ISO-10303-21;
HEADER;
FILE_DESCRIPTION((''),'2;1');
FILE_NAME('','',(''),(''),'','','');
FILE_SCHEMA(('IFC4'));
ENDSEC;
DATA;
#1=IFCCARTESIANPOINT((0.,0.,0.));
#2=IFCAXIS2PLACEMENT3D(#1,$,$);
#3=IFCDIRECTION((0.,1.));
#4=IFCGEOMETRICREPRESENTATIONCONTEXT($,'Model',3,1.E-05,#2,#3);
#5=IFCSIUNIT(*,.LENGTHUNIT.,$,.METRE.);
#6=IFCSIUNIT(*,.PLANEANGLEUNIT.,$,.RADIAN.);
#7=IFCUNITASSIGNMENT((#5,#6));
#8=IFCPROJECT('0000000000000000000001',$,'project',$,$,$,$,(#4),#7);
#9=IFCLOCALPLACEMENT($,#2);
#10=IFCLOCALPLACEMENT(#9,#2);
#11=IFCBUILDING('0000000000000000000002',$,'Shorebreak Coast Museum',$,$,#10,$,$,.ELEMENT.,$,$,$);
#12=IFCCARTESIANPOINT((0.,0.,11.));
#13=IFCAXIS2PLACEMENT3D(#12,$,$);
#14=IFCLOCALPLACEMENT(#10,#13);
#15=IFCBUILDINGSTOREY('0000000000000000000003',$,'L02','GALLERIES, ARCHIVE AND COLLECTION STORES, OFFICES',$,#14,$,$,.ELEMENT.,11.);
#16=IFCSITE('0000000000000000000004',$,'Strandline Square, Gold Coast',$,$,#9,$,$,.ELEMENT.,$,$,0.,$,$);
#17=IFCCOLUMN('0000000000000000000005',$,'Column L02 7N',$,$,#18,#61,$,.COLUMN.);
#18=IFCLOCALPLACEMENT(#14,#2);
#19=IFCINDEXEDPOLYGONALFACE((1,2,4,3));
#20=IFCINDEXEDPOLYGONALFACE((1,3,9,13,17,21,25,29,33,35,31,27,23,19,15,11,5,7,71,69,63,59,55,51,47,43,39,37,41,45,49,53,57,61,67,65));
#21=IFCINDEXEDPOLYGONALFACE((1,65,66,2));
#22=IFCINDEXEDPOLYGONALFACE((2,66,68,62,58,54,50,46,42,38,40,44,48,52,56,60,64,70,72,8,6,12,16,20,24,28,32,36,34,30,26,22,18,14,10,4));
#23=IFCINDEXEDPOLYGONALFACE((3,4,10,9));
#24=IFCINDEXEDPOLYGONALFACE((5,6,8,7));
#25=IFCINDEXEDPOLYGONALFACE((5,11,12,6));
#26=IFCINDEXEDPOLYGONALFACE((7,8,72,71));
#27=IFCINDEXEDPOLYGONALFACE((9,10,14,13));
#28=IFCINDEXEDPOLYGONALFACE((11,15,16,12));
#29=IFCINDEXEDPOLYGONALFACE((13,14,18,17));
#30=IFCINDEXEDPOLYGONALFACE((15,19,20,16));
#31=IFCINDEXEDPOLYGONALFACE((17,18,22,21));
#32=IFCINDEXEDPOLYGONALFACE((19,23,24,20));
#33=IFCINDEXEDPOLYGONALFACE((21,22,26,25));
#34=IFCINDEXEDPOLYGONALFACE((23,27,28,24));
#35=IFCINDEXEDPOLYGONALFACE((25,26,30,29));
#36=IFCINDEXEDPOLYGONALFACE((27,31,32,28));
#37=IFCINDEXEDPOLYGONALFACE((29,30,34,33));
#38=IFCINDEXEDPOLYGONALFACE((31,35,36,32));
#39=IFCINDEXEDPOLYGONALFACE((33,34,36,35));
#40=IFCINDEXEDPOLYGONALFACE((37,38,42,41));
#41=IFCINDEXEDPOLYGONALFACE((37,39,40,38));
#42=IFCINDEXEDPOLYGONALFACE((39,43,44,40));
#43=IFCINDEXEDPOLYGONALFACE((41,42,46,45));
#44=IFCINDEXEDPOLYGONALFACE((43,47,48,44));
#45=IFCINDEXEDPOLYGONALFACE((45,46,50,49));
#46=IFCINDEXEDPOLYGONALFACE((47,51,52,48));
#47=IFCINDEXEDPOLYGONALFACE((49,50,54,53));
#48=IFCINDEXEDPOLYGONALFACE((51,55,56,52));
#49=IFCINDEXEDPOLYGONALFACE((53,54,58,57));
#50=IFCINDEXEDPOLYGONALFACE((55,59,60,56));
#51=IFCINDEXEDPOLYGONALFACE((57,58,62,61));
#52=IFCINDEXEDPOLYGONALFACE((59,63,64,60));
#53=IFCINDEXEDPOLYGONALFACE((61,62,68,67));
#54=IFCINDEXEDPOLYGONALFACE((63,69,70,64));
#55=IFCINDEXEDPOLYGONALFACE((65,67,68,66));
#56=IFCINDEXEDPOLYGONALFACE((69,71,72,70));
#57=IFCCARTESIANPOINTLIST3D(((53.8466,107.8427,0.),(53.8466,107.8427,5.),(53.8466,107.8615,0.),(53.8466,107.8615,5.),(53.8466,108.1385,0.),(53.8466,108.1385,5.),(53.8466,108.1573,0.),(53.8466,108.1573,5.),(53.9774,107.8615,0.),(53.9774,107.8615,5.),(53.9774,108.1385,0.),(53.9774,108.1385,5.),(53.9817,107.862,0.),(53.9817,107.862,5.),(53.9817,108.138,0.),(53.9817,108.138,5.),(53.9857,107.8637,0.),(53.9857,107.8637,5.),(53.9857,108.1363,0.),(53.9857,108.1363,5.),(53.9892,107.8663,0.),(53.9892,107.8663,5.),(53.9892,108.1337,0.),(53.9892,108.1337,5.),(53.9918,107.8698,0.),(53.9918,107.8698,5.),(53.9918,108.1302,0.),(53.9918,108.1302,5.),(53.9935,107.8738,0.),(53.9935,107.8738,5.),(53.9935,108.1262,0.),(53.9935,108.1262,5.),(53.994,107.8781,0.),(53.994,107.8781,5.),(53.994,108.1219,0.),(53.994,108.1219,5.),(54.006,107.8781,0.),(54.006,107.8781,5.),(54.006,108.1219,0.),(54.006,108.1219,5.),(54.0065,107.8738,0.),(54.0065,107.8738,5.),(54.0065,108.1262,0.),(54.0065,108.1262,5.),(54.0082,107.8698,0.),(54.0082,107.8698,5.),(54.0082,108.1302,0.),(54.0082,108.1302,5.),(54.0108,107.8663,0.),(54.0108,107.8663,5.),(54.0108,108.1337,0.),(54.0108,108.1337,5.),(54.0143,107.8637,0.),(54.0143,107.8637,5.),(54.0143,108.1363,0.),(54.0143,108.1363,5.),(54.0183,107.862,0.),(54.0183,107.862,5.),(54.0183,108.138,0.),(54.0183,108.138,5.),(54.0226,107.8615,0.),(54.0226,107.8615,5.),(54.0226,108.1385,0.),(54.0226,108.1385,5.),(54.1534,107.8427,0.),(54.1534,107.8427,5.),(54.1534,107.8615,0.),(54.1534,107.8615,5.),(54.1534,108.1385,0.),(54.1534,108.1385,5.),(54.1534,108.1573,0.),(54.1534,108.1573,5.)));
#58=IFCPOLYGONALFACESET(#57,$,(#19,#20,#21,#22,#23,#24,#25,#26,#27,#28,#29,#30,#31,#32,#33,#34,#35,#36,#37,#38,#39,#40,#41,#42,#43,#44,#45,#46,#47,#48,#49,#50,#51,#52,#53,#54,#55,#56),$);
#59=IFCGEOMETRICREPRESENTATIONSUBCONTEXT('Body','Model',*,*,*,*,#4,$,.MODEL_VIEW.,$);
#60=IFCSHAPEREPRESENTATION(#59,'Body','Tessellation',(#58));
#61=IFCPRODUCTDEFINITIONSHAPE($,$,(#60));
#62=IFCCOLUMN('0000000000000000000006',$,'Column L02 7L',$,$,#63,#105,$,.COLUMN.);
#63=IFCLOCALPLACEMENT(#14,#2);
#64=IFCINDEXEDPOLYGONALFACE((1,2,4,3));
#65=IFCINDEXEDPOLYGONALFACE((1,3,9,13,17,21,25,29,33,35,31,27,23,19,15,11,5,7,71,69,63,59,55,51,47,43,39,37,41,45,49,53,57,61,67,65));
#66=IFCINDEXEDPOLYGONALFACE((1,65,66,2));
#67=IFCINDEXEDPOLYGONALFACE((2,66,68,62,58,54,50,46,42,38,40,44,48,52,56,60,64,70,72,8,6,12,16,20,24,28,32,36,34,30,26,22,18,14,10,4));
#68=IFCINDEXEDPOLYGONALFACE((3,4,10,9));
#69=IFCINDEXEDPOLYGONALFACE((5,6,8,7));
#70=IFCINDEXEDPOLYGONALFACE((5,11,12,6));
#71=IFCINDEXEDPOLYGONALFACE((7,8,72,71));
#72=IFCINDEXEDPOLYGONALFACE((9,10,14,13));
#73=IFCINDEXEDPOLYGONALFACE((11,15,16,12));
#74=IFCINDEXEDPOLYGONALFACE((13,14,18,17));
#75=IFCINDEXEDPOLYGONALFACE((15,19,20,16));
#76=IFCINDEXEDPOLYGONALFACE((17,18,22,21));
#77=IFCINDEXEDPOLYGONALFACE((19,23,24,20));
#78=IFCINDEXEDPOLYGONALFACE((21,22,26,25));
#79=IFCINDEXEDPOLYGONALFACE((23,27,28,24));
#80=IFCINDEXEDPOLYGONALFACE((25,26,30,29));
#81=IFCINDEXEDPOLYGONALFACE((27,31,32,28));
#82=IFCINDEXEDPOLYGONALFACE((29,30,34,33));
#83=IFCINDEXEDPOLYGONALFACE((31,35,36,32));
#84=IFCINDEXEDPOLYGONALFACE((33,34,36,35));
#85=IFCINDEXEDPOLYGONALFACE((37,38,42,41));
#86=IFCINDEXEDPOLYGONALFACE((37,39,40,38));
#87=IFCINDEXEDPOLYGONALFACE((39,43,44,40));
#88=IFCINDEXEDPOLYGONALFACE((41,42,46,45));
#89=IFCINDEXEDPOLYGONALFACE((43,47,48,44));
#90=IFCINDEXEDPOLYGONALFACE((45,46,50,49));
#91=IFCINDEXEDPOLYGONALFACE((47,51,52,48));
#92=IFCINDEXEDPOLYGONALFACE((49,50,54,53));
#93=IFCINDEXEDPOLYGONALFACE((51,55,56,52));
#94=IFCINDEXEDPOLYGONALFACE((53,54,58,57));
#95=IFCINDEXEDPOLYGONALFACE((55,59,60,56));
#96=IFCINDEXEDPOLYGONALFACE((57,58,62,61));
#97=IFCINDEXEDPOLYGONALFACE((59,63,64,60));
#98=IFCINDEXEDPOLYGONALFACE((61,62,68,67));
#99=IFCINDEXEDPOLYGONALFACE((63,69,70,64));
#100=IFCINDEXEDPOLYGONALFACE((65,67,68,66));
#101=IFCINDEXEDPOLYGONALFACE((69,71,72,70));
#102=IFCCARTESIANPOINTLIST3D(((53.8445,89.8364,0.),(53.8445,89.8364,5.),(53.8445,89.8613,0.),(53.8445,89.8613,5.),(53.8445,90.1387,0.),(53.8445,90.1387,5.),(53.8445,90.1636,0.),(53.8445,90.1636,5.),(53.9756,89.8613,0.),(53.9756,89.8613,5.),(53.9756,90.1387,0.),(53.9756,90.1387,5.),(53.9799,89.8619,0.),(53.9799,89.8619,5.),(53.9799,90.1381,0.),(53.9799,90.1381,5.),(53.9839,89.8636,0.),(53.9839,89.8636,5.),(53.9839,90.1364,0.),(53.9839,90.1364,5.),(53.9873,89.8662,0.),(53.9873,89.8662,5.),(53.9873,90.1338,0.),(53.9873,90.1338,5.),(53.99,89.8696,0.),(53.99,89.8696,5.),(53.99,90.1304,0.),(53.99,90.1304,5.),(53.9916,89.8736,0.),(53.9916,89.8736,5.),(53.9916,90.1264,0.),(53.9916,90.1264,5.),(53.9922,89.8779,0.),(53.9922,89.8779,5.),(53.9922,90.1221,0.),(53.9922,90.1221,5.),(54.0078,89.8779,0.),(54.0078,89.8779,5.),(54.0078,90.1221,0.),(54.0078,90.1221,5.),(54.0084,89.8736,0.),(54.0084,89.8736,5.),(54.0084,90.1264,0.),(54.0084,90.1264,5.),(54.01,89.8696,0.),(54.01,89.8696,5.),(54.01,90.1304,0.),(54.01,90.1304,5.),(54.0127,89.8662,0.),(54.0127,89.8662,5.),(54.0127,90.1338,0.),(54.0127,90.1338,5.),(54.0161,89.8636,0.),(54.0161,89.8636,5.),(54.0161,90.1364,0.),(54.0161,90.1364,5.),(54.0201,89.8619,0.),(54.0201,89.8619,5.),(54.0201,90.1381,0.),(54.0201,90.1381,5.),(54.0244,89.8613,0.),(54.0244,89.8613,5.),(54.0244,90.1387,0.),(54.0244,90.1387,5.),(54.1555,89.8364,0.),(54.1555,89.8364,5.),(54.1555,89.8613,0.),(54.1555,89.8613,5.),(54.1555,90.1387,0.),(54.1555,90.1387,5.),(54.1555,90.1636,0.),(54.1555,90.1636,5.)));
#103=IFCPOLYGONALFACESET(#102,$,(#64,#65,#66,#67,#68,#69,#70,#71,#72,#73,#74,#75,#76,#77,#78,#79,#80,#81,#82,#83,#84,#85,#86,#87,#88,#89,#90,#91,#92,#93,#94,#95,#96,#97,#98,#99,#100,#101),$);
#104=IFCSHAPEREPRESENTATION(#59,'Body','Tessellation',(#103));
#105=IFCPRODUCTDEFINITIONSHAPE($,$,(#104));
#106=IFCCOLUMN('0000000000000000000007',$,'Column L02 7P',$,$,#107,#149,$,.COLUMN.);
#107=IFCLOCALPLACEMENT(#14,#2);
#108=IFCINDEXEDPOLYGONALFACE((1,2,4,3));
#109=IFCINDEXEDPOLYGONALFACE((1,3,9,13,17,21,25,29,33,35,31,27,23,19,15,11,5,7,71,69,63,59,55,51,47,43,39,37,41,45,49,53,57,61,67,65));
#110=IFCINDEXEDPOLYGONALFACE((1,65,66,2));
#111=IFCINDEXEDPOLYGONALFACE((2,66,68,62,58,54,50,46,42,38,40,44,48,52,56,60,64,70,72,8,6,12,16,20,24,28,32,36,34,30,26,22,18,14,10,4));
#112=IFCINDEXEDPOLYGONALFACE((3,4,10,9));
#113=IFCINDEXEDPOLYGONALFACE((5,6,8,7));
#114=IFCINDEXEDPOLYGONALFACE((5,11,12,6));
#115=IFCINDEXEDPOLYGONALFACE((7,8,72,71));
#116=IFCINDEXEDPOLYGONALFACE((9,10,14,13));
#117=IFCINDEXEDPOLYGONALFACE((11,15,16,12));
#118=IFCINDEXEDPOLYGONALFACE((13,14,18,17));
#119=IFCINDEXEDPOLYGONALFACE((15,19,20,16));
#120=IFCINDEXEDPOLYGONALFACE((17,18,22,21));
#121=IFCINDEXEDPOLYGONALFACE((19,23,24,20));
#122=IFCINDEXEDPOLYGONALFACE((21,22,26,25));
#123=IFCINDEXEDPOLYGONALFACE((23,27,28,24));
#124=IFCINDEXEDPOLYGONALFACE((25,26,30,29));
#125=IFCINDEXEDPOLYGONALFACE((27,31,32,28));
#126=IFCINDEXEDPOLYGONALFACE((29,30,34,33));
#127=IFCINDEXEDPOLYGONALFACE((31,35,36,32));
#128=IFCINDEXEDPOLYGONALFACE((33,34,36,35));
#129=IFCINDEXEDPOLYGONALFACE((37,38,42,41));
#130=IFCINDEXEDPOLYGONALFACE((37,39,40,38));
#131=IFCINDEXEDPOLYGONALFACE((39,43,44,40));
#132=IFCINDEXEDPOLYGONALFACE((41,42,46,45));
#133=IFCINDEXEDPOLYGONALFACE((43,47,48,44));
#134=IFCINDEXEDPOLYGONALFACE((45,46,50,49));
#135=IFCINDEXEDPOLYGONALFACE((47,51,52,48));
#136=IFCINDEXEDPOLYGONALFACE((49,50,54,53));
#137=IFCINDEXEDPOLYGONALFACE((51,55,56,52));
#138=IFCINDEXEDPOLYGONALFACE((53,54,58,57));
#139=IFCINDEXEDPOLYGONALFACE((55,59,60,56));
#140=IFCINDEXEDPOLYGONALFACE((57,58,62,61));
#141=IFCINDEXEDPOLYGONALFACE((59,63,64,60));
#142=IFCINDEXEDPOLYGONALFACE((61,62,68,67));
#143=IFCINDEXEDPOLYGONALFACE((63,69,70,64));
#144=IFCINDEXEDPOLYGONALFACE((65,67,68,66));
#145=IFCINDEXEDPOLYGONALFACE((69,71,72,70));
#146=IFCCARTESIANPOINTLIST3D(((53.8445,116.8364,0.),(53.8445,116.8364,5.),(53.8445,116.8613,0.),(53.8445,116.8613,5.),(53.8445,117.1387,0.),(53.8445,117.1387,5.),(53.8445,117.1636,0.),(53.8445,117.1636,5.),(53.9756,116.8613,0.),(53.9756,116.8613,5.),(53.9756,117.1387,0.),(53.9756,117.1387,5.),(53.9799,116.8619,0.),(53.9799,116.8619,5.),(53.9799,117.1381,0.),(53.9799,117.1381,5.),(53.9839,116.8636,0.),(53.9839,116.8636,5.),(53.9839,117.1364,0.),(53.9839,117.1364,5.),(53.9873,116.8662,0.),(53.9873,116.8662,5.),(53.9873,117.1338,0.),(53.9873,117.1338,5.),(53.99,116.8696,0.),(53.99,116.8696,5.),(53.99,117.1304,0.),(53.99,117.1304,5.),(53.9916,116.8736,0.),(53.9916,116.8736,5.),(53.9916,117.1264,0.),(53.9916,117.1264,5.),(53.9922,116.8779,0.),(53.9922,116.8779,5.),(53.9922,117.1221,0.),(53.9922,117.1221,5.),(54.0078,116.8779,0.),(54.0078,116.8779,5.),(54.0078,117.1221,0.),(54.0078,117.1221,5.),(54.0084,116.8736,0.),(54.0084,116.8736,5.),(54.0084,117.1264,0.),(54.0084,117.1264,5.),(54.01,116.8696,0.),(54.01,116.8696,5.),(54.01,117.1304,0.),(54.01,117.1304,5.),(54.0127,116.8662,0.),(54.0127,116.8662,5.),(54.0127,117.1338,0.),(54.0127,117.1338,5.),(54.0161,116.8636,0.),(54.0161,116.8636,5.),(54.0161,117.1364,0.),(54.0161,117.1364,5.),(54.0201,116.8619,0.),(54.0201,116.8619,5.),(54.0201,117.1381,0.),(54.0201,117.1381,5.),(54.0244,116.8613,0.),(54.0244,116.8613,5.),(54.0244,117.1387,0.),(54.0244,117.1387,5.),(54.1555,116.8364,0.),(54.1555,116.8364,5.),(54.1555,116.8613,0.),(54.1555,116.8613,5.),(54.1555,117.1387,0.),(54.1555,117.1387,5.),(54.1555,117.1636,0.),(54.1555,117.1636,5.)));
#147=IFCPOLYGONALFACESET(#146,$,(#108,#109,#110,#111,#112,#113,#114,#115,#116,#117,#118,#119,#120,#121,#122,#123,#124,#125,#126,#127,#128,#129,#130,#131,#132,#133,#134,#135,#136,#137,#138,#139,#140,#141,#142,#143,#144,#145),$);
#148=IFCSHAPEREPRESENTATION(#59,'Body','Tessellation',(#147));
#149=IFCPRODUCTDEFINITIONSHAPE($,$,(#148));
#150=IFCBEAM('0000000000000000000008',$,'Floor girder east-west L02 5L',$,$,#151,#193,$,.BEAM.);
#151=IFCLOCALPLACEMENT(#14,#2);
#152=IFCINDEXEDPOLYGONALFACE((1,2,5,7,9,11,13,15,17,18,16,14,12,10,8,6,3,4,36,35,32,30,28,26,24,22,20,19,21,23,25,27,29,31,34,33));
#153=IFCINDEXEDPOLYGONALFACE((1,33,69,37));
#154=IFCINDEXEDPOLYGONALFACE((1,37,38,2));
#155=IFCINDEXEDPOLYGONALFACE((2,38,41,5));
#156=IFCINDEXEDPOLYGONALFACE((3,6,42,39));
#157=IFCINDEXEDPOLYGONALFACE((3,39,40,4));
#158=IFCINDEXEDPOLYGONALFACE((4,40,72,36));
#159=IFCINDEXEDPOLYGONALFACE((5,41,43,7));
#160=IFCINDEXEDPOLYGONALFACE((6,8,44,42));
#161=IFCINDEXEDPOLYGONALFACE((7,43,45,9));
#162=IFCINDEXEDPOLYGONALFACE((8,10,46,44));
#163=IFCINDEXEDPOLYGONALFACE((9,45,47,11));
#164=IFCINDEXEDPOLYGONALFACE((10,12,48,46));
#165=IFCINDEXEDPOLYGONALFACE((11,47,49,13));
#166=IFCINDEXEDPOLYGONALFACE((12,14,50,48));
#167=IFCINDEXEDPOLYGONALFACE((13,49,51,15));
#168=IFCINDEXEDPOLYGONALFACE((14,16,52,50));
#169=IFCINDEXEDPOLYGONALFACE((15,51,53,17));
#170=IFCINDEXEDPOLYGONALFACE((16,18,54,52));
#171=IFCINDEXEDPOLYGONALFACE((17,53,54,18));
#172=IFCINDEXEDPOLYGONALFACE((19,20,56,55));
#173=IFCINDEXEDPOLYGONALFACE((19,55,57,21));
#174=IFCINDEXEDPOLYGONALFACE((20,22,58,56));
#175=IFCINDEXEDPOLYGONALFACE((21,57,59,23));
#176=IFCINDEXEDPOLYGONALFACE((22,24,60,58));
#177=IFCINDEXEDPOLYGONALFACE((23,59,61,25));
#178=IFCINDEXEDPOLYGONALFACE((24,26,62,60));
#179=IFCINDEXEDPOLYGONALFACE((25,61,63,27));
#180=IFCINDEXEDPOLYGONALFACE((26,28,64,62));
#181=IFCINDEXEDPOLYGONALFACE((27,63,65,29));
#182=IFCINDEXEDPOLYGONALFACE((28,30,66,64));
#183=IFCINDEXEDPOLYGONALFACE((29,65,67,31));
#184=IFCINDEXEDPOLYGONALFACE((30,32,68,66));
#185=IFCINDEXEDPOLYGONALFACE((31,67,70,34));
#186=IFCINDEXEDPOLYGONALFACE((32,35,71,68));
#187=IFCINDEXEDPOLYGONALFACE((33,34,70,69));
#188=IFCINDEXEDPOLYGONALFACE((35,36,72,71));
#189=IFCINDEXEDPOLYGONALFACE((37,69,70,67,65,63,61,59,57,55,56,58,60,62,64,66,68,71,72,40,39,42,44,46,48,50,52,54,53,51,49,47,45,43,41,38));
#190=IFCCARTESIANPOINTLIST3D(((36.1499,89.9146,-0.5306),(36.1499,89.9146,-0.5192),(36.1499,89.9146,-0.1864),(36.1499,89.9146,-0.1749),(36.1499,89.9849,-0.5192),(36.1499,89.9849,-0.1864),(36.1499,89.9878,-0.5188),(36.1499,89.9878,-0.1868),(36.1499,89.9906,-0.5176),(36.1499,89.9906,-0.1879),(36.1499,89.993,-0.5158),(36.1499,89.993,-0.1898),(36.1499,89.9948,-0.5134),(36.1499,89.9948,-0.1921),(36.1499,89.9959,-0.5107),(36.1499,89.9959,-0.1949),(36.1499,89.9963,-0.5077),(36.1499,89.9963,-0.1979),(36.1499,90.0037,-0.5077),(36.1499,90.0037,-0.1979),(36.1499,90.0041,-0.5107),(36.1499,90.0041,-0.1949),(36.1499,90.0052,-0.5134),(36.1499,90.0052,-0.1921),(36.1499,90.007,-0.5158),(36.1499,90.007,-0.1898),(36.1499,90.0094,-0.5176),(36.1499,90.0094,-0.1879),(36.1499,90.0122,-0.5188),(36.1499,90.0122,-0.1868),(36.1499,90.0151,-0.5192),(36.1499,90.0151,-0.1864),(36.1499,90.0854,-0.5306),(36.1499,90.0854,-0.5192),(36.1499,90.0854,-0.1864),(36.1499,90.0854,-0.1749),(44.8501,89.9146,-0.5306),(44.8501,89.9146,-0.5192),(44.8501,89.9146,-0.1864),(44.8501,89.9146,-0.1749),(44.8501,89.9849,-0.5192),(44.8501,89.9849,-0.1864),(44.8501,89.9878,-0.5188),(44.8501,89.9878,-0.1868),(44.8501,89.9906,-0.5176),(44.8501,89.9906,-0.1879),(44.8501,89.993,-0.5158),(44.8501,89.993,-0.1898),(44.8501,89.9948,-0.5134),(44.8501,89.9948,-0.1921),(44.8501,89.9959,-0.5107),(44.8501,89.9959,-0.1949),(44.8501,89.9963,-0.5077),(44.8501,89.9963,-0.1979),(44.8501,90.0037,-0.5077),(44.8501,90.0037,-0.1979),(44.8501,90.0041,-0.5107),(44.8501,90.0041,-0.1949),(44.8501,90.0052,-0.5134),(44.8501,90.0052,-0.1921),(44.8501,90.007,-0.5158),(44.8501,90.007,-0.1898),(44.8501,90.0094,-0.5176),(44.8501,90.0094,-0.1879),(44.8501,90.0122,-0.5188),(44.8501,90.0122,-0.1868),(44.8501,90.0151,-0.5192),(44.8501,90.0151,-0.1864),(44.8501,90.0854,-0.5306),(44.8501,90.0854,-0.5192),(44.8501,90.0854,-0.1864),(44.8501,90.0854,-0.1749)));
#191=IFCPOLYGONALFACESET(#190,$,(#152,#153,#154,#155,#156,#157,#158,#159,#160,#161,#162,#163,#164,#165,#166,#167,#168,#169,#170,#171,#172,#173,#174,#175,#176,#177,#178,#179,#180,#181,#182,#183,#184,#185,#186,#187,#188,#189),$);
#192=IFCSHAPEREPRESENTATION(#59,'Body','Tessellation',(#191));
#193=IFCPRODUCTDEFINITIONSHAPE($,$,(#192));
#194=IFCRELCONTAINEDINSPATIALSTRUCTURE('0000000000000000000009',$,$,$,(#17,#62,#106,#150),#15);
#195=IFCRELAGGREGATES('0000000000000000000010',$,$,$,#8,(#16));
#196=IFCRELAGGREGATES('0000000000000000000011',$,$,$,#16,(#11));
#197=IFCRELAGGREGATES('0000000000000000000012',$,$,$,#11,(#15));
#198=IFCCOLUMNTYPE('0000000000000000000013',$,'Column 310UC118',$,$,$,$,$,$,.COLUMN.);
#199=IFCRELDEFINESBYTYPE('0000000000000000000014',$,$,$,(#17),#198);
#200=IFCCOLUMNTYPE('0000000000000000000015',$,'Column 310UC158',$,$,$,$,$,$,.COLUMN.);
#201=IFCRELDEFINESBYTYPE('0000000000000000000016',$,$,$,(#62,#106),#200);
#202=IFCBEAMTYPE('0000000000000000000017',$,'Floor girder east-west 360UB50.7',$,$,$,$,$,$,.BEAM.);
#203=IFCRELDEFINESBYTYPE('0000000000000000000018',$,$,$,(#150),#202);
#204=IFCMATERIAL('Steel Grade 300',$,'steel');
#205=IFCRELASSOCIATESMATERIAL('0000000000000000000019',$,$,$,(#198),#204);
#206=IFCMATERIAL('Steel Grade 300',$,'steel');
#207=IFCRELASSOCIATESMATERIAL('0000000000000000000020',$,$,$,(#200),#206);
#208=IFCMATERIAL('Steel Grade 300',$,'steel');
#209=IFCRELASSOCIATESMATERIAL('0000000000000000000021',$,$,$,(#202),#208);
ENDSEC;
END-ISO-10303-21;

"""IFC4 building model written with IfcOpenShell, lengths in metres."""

from ifc_helpers import new_model, si_unit, direction, frame, origin, origin_2d, place, context, subcontext, project, spatial, i_section, extrude, material, material_profile, profile_set, type_object, element, save


model = new_model("IFC4")

# Units and contexts
model_context = context("Model", 3, precision=1e-05, world=origin(), true_north=direction((0.0, 1.0)))
body_context = subcontext(model_context, "Body", "Model", "MODEL_VIEW")
ifc_project = project(units=[si_unit("LENGTHUNIT", "METRE"), si_unit("PLANEANGLEUNIT", "RADIAN")], contexts=[model_context])

# Site, building, storey
site_placement = place(None, origin())
site = spatial("IfcSite", under=ifc_project, at=site_placement, Name="Strandline Square, Gold Coast", CompositionType="ELEMENT", RefElevation=0.0)
building_placement = place(site_placement, origin())
building = spatial("IfcBuilding", under=site, at=building_placement, Name="Shorebreak Coast Museum", CompositionType="ELEMENT")
storey_placement = place(building_placement, frame((0.0, 0.0, 11.0)))
storey = spatial("IfcBuildingStorey", under=building, at=storey_placement, Name="L02", Description="GALLERIES, ARCHIVE AND COLLECTION STORES, OFFICES", CompositionType="ELEMENT", Elevation=11.0)

# Columns
ifc_material_1 = material(Name="Steel Grade 300", Category="steel")
ifc_material_profile_1 = material_profile(ifc_material_1, i_section(OverallWidth=0.3069, OverallDepth=0.3147, WebThickness=0.012, FlangeThickness=0.0188, FilletRadius=0.0166, at=origin_2d()), Name="310UC118")
ifc_profile_set_1 = profile_set([ifc_material_profile_1], Name="Steel Grade 300")
column_type_1 = type_object("IfcColumnType", Name="Column 310UC118", PredefinedType="COLUMN", material=ifc_profile_set_1)
for number, where, z_axis, x_axis, name in (
    (1, (54.0, 108.0, 0.0), (0.0, 0.0, 1.0), (1.0, 0.0, 0.0), "Column L02 7N"),
):
    element("IfcColumn", number, at=place(storey_placement, frame(where, z_axis=z_axis, x_axis=x_axis)), inside=storey, type_object=column_type_1, Name=name, PredefinedType="COLUMN", context=body_context, shape_type="SweptSolid", body=[
        extrude(i_section(OverallWidth=0.3069, OverallDepth=0.3147, WebThickness=0.012, FlangeThickness=0.0188, FilletRadius=0.0166, at=origin_2d()), origin(), (0.0, 0.0, 1.0), 5.0),
    ])
ifc_material_2 = material(Name="Steel Grade 300", Category="steel")
ifc_material_profile_2 = material_profile(ifc_material_2, i_section(OverallWidth=0.311, OverallDepth=0.3271, WebThickness=0.0156, FlangeThickness=0.0249, FilletRadius=0.0166, at=origin_2d()), Name="310UC158")
ifc_profile_set_2 = profile_set([ifc_material_profile_2], Name="Steel Grade 300")
column_type_2 = type_object("IfcColumnType", Name="Column 310UC158", PredefinedType="COLUMN", material=ifc_profile_set_2)
for number, where, z_axis, x_axis, name in (
    (2, (54.0, 90.0, 0.0), (0.0, 0.0, 1.0), (1.0, 0.0, 0.0), "Column L02 7L"),
    (3, (54.0, 117.0, 0.0), (0.0, 0.0, 1.0), (1.0, 0.0, 0.0), "Column L02 7P"),
):
    element("IfcColumn", number, at=place(storey_placement, frame(where, z_axis=z_axis, x_axis=x_axis)), inside=storey, type_object=column_type_2, Name=name, PredefinedType="COLUMN", context=body_context, shape_type="SweptSolid", body=[
        extrude(i_section(OverallWidth=0.311, OverallDepth=0.3271, WebThickness=0.0156, FlangeThickness=0.0249, FilletRadius=0.0166, at=origin_2d()), origin(), (0.0, 0.0, 1.0), 5.0),
    ])

# Beam
ifc_material_3 = material(Name="Steel Grade 300", Category="steel")
ifc_material_profile_3 = material_profile(ifc_material_3, i_section(OverallWidth=0.1709, OverallDepth=0.3557, WebThickness=0.0073, FlangeThickness=0.0115, FilletRadius=0.0115, at=origin_2d()), Name="360UB50.7")
ifc_profile_set_3 = profile_set([ifc_material_profile_3], Name="Steel Grade 300")
beam_type_1 = type_object("IfcBeamType", Name="Floor girder east-west 360UB50.7", PredefinedType="BEAM", material=ifc_profile_set_3)
beam_1_placement = place(storey_placement, frame((36.1499, 90.0, -0.3528), z_axis=(1.0, 0.0, 0.0), x_axis=(0.0, 1.0, 0.0)))
element("IfcBeam", 4, at=beam_1_placement, inside=storey, type_object=beam_type_1, Name="Floor girder east-west L02 5L", PredefinedType="BEAM", context=body_context, shape_type="SweptSolid", body=[
    extrude(i_section(OverallWidth=0.1709, OverallDepth=0.3557, WebThickness=0.0073, FlangeThickness=0.0115, FilletRadius=0.0115, at=origin_2d()), origin(), (0.0, 0.0, 1.0), 8.7002),
])

save(model, "model.ifc")
